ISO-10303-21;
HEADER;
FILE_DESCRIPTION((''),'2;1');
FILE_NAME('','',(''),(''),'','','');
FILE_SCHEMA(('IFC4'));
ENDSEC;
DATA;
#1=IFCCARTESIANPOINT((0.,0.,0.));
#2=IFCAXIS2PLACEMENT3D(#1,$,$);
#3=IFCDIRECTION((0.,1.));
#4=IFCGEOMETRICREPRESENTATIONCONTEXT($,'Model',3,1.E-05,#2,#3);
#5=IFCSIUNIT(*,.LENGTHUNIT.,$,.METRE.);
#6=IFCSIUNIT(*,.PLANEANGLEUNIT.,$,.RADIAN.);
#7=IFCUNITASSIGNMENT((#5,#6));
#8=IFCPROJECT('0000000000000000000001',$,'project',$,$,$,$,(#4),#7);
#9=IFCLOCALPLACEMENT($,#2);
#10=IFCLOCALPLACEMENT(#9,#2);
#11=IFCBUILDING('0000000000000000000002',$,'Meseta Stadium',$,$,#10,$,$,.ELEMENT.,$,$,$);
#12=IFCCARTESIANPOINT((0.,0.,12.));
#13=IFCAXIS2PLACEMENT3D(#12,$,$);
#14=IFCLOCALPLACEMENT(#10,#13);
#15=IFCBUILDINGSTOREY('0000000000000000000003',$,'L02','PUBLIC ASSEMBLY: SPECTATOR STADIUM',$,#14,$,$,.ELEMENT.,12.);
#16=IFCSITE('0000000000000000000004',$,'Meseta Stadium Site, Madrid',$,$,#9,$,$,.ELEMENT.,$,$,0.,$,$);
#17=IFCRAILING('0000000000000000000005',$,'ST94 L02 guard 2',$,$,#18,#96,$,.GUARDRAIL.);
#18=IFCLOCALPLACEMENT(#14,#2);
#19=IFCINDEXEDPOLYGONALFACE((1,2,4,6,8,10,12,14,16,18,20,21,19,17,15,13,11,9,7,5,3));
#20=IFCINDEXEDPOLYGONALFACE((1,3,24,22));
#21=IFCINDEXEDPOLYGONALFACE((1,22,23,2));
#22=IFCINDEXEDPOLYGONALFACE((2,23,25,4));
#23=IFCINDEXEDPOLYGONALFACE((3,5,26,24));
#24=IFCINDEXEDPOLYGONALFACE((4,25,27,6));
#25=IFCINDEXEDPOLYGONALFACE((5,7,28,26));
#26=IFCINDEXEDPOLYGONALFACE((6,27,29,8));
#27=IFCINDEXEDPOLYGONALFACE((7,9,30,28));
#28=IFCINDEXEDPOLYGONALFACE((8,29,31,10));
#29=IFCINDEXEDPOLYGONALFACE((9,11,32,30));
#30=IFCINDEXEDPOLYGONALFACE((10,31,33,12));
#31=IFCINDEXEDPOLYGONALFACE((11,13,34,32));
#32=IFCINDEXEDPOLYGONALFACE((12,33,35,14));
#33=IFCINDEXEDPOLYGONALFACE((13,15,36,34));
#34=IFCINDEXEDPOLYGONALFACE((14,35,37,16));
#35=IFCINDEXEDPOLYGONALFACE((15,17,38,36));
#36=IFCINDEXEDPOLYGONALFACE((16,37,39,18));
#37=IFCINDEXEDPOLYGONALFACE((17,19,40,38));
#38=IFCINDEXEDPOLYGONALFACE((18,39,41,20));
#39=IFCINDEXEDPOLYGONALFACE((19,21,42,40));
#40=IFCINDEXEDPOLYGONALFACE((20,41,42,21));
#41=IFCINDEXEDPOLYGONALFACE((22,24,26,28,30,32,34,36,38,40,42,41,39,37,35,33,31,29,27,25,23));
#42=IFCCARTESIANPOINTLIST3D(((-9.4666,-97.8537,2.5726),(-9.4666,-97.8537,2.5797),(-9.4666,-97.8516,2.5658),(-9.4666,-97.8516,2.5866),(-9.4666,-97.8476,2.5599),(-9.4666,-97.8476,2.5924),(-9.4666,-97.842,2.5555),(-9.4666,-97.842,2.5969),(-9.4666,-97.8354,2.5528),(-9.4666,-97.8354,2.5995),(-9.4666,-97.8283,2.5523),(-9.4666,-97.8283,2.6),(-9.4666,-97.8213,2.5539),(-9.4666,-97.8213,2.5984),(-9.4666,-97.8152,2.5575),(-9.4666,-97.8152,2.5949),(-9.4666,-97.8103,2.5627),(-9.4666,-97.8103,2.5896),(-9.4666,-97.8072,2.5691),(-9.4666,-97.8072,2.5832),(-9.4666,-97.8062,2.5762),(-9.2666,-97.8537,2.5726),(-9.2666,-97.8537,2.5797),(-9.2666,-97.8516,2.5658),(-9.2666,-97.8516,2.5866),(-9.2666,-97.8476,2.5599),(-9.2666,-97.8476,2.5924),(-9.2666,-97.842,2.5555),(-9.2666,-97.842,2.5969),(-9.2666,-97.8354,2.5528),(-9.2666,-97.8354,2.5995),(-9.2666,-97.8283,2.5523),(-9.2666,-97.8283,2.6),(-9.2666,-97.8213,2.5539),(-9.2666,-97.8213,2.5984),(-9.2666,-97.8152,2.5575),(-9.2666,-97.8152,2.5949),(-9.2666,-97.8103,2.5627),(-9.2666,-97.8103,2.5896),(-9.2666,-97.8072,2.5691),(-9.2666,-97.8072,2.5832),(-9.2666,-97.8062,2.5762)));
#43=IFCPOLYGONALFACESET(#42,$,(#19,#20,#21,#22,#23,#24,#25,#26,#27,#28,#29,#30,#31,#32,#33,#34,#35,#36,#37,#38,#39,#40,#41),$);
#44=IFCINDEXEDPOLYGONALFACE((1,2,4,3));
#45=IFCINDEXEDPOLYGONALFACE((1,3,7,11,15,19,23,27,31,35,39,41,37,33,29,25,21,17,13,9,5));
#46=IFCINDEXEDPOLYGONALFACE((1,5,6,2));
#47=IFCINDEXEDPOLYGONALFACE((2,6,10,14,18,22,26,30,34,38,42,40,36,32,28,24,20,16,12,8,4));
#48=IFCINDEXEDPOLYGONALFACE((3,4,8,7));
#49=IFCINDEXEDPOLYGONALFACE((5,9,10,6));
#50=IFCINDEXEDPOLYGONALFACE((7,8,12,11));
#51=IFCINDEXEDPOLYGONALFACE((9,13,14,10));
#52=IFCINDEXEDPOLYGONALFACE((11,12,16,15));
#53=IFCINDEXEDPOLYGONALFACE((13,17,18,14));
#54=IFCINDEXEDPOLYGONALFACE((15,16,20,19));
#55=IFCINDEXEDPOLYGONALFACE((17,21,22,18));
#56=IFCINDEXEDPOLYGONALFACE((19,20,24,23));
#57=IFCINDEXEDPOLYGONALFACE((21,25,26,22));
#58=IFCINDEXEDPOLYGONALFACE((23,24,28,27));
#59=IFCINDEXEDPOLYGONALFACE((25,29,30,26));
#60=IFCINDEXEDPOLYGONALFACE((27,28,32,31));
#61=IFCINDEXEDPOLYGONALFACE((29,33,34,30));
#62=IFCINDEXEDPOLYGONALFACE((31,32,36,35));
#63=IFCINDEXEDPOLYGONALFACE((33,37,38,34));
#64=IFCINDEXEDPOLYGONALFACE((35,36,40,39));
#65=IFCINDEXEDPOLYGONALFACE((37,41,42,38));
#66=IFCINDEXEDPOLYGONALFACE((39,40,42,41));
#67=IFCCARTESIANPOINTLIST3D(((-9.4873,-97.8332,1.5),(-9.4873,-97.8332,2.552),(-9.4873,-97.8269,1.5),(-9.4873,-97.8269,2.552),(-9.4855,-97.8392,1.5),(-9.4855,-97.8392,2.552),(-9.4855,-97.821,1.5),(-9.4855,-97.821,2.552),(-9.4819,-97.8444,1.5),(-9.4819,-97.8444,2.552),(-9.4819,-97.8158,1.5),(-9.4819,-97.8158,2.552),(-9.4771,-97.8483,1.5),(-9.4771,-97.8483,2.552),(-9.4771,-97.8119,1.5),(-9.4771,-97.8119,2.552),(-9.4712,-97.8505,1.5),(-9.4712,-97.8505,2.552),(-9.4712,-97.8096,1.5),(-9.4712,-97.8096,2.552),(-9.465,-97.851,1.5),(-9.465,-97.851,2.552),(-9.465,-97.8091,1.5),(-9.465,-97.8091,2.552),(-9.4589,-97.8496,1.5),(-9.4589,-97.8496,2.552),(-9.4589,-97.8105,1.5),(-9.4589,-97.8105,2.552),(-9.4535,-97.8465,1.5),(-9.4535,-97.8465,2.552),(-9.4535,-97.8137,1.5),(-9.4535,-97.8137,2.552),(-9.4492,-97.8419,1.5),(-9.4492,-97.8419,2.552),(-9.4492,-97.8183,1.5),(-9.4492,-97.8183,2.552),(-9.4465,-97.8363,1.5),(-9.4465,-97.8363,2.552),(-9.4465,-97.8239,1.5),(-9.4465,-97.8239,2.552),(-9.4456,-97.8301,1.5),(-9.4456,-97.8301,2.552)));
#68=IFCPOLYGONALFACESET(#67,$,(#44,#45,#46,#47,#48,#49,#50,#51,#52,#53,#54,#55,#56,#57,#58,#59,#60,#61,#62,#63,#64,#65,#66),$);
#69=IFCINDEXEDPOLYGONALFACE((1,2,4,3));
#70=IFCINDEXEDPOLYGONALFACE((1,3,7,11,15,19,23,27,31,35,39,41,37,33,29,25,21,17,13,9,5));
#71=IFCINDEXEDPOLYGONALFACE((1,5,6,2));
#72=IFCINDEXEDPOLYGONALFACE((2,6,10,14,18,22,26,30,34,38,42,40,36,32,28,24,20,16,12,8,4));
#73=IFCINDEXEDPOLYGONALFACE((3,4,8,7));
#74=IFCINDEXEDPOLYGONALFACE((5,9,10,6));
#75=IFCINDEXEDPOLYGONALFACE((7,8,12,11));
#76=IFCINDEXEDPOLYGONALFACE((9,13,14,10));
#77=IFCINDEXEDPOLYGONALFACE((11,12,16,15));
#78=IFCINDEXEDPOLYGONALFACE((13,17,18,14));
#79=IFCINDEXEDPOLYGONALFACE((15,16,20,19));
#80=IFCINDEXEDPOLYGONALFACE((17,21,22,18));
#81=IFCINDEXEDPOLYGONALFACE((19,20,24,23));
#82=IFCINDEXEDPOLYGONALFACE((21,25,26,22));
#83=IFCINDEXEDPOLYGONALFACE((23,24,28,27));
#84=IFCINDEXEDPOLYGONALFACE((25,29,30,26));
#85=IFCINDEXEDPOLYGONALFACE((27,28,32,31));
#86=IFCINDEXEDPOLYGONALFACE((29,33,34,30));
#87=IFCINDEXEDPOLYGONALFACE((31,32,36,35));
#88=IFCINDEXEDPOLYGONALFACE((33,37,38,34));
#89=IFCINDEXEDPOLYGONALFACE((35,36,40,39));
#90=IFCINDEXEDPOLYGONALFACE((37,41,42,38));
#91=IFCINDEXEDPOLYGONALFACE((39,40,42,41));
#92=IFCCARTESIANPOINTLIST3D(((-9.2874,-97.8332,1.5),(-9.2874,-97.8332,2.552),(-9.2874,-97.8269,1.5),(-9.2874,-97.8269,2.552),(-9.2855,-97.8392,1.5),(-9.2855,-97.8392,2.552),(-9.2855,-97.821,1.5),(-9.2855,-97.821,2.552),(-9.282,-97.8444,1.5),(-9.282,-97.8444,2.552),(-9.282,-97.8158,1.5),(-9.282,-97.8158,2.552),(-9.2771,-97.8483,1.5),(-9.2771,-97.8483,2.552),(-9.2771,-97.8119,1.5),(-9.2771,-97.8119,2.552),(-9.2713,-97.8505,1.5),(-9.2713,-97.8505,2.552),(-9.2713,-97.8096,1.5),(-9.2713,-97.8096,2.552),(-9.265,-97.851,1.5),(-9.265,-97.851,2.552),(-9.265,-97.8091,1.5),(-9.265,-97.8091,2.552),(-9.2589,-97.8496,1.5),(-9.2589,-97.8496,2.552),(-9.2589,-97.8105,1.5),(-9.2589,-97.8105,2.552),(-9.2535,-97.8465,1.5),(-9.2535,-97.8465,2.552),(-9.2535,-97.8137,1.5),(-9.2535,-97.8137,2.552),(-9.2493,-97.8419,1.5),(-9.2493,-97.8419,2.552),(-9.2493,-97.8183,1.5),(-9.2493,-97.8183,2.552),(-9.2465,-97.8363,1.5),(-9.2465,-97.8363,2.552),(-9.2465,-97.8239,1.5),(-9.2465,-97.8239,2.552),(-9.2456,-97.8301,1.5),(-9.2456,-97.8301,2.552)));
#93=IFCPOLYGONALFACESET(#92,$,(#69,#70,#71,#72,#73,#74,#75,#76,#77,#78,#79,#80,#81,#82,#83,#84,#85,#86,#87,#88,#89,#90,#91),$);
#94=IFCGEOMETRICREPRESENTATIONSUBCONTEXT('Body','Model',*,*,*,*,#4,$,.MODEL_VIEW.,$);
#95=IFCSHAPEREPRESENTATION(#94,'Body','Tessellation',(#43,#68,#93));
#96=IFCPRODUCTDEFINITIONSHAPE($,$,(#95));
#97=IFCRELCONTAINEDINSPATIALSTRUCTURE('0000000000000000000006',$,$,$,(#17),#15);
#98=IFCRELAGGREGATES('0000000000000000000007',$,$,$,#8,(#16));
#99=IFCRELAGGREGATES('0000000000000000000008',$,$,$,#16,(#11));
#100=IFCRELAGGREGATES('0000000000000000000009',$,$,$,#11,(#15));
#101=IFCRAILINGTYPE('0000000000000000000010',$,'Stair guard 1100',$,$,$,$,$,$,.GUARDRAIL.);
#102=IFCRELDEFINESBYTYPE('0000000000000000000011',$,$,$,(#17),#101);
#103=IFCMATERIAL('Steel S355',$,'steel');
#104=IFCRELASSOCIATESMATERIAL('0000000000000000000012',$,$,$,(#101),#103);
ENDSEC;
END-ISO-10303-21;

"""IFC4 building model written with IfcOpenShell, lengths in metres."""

from ifc_helpers import new_model, si_unit, direction, frame, origin, origin_2d, place, context, subcontext, project, spatial, circle, extrude, material, type_object, element, save


model = new_model("IFC4")

# Units and contexts
model_context = context("Model", 3, precision=1e-05, world=origin(), true_north=direction((0.0, 1.0)))
body_context = subcontext(model_context, "Body", "Model", "MODEL_VIEW")
ifc_project = project(units=[si_unit("LENGTHUNIT", "METRE"), si_unit("PLANEANGLEUNIT", "RADIAN")], contexts=[model_context])

# Site, building, storey
site_placement = place(None, origin())
site = spatial("IfcSite", under=ifc_project, at=site_placement, Name="Meseta Stadium Site, Madrid", CompositionType="ELEMENT", RefElevation=0.0)
building_placement = place(site_placement, origin())
building = spatial("IfcBuilding", under=site, at=building_placement, Name="Meseta Stadium", CompositionType="ELEMENT")
storey_placement = place(building_placement, frame((0.0, 0.0, 12.0)))
storey = spatial("IfcBuildingStorey", under=building, at=storey_placement, Name="L02", Description="PUBLIC ASSEMBLY: SPECTATOR STADIUM", CompositionType="ELEMENT", Elevation=12.0)

# Railing
ifc_material_1 = material(Name="Steel S355", Category="steel")
railing_type_1 = type_object("IfcRailingType", Name="Stair guard 1100", PredefinedType="GUARDRAIL", material=ifc_material_1)
railing_1_placement = place(storey_placement, frame((-9.4666, -97.8301, 1.5)))
element("IfcRailing", 1, at=railing_1_placement, inside=storey, type_object=railing_type_1, Name="ST94 L02 guard 2", PredefinedType="GUARDRAIL", context=body_context, shape_type="SweptSolid", body=[
    extrude(circle(Radius=0.0239, at=origin_2d()), frame((0.0, 0.0, 1.0762), z_axis=(1.0, 0.0, 0.0), x_axis=(0.0, 1.0, 0.0)), (0.0, 0.0, 1.0), 0.2),
    extrude(circle(Radius=0.021, at=origin_2d()), origin(), (0.0, 0.0, 1.0), 1.052),
    extrude(circle(Radius=0.021, at=origin_2d()), frame((0.2, 0.0, 0.0)), (0.0, 0.0, 1.0), 1.052),
])

save(model, "model.ifc")
